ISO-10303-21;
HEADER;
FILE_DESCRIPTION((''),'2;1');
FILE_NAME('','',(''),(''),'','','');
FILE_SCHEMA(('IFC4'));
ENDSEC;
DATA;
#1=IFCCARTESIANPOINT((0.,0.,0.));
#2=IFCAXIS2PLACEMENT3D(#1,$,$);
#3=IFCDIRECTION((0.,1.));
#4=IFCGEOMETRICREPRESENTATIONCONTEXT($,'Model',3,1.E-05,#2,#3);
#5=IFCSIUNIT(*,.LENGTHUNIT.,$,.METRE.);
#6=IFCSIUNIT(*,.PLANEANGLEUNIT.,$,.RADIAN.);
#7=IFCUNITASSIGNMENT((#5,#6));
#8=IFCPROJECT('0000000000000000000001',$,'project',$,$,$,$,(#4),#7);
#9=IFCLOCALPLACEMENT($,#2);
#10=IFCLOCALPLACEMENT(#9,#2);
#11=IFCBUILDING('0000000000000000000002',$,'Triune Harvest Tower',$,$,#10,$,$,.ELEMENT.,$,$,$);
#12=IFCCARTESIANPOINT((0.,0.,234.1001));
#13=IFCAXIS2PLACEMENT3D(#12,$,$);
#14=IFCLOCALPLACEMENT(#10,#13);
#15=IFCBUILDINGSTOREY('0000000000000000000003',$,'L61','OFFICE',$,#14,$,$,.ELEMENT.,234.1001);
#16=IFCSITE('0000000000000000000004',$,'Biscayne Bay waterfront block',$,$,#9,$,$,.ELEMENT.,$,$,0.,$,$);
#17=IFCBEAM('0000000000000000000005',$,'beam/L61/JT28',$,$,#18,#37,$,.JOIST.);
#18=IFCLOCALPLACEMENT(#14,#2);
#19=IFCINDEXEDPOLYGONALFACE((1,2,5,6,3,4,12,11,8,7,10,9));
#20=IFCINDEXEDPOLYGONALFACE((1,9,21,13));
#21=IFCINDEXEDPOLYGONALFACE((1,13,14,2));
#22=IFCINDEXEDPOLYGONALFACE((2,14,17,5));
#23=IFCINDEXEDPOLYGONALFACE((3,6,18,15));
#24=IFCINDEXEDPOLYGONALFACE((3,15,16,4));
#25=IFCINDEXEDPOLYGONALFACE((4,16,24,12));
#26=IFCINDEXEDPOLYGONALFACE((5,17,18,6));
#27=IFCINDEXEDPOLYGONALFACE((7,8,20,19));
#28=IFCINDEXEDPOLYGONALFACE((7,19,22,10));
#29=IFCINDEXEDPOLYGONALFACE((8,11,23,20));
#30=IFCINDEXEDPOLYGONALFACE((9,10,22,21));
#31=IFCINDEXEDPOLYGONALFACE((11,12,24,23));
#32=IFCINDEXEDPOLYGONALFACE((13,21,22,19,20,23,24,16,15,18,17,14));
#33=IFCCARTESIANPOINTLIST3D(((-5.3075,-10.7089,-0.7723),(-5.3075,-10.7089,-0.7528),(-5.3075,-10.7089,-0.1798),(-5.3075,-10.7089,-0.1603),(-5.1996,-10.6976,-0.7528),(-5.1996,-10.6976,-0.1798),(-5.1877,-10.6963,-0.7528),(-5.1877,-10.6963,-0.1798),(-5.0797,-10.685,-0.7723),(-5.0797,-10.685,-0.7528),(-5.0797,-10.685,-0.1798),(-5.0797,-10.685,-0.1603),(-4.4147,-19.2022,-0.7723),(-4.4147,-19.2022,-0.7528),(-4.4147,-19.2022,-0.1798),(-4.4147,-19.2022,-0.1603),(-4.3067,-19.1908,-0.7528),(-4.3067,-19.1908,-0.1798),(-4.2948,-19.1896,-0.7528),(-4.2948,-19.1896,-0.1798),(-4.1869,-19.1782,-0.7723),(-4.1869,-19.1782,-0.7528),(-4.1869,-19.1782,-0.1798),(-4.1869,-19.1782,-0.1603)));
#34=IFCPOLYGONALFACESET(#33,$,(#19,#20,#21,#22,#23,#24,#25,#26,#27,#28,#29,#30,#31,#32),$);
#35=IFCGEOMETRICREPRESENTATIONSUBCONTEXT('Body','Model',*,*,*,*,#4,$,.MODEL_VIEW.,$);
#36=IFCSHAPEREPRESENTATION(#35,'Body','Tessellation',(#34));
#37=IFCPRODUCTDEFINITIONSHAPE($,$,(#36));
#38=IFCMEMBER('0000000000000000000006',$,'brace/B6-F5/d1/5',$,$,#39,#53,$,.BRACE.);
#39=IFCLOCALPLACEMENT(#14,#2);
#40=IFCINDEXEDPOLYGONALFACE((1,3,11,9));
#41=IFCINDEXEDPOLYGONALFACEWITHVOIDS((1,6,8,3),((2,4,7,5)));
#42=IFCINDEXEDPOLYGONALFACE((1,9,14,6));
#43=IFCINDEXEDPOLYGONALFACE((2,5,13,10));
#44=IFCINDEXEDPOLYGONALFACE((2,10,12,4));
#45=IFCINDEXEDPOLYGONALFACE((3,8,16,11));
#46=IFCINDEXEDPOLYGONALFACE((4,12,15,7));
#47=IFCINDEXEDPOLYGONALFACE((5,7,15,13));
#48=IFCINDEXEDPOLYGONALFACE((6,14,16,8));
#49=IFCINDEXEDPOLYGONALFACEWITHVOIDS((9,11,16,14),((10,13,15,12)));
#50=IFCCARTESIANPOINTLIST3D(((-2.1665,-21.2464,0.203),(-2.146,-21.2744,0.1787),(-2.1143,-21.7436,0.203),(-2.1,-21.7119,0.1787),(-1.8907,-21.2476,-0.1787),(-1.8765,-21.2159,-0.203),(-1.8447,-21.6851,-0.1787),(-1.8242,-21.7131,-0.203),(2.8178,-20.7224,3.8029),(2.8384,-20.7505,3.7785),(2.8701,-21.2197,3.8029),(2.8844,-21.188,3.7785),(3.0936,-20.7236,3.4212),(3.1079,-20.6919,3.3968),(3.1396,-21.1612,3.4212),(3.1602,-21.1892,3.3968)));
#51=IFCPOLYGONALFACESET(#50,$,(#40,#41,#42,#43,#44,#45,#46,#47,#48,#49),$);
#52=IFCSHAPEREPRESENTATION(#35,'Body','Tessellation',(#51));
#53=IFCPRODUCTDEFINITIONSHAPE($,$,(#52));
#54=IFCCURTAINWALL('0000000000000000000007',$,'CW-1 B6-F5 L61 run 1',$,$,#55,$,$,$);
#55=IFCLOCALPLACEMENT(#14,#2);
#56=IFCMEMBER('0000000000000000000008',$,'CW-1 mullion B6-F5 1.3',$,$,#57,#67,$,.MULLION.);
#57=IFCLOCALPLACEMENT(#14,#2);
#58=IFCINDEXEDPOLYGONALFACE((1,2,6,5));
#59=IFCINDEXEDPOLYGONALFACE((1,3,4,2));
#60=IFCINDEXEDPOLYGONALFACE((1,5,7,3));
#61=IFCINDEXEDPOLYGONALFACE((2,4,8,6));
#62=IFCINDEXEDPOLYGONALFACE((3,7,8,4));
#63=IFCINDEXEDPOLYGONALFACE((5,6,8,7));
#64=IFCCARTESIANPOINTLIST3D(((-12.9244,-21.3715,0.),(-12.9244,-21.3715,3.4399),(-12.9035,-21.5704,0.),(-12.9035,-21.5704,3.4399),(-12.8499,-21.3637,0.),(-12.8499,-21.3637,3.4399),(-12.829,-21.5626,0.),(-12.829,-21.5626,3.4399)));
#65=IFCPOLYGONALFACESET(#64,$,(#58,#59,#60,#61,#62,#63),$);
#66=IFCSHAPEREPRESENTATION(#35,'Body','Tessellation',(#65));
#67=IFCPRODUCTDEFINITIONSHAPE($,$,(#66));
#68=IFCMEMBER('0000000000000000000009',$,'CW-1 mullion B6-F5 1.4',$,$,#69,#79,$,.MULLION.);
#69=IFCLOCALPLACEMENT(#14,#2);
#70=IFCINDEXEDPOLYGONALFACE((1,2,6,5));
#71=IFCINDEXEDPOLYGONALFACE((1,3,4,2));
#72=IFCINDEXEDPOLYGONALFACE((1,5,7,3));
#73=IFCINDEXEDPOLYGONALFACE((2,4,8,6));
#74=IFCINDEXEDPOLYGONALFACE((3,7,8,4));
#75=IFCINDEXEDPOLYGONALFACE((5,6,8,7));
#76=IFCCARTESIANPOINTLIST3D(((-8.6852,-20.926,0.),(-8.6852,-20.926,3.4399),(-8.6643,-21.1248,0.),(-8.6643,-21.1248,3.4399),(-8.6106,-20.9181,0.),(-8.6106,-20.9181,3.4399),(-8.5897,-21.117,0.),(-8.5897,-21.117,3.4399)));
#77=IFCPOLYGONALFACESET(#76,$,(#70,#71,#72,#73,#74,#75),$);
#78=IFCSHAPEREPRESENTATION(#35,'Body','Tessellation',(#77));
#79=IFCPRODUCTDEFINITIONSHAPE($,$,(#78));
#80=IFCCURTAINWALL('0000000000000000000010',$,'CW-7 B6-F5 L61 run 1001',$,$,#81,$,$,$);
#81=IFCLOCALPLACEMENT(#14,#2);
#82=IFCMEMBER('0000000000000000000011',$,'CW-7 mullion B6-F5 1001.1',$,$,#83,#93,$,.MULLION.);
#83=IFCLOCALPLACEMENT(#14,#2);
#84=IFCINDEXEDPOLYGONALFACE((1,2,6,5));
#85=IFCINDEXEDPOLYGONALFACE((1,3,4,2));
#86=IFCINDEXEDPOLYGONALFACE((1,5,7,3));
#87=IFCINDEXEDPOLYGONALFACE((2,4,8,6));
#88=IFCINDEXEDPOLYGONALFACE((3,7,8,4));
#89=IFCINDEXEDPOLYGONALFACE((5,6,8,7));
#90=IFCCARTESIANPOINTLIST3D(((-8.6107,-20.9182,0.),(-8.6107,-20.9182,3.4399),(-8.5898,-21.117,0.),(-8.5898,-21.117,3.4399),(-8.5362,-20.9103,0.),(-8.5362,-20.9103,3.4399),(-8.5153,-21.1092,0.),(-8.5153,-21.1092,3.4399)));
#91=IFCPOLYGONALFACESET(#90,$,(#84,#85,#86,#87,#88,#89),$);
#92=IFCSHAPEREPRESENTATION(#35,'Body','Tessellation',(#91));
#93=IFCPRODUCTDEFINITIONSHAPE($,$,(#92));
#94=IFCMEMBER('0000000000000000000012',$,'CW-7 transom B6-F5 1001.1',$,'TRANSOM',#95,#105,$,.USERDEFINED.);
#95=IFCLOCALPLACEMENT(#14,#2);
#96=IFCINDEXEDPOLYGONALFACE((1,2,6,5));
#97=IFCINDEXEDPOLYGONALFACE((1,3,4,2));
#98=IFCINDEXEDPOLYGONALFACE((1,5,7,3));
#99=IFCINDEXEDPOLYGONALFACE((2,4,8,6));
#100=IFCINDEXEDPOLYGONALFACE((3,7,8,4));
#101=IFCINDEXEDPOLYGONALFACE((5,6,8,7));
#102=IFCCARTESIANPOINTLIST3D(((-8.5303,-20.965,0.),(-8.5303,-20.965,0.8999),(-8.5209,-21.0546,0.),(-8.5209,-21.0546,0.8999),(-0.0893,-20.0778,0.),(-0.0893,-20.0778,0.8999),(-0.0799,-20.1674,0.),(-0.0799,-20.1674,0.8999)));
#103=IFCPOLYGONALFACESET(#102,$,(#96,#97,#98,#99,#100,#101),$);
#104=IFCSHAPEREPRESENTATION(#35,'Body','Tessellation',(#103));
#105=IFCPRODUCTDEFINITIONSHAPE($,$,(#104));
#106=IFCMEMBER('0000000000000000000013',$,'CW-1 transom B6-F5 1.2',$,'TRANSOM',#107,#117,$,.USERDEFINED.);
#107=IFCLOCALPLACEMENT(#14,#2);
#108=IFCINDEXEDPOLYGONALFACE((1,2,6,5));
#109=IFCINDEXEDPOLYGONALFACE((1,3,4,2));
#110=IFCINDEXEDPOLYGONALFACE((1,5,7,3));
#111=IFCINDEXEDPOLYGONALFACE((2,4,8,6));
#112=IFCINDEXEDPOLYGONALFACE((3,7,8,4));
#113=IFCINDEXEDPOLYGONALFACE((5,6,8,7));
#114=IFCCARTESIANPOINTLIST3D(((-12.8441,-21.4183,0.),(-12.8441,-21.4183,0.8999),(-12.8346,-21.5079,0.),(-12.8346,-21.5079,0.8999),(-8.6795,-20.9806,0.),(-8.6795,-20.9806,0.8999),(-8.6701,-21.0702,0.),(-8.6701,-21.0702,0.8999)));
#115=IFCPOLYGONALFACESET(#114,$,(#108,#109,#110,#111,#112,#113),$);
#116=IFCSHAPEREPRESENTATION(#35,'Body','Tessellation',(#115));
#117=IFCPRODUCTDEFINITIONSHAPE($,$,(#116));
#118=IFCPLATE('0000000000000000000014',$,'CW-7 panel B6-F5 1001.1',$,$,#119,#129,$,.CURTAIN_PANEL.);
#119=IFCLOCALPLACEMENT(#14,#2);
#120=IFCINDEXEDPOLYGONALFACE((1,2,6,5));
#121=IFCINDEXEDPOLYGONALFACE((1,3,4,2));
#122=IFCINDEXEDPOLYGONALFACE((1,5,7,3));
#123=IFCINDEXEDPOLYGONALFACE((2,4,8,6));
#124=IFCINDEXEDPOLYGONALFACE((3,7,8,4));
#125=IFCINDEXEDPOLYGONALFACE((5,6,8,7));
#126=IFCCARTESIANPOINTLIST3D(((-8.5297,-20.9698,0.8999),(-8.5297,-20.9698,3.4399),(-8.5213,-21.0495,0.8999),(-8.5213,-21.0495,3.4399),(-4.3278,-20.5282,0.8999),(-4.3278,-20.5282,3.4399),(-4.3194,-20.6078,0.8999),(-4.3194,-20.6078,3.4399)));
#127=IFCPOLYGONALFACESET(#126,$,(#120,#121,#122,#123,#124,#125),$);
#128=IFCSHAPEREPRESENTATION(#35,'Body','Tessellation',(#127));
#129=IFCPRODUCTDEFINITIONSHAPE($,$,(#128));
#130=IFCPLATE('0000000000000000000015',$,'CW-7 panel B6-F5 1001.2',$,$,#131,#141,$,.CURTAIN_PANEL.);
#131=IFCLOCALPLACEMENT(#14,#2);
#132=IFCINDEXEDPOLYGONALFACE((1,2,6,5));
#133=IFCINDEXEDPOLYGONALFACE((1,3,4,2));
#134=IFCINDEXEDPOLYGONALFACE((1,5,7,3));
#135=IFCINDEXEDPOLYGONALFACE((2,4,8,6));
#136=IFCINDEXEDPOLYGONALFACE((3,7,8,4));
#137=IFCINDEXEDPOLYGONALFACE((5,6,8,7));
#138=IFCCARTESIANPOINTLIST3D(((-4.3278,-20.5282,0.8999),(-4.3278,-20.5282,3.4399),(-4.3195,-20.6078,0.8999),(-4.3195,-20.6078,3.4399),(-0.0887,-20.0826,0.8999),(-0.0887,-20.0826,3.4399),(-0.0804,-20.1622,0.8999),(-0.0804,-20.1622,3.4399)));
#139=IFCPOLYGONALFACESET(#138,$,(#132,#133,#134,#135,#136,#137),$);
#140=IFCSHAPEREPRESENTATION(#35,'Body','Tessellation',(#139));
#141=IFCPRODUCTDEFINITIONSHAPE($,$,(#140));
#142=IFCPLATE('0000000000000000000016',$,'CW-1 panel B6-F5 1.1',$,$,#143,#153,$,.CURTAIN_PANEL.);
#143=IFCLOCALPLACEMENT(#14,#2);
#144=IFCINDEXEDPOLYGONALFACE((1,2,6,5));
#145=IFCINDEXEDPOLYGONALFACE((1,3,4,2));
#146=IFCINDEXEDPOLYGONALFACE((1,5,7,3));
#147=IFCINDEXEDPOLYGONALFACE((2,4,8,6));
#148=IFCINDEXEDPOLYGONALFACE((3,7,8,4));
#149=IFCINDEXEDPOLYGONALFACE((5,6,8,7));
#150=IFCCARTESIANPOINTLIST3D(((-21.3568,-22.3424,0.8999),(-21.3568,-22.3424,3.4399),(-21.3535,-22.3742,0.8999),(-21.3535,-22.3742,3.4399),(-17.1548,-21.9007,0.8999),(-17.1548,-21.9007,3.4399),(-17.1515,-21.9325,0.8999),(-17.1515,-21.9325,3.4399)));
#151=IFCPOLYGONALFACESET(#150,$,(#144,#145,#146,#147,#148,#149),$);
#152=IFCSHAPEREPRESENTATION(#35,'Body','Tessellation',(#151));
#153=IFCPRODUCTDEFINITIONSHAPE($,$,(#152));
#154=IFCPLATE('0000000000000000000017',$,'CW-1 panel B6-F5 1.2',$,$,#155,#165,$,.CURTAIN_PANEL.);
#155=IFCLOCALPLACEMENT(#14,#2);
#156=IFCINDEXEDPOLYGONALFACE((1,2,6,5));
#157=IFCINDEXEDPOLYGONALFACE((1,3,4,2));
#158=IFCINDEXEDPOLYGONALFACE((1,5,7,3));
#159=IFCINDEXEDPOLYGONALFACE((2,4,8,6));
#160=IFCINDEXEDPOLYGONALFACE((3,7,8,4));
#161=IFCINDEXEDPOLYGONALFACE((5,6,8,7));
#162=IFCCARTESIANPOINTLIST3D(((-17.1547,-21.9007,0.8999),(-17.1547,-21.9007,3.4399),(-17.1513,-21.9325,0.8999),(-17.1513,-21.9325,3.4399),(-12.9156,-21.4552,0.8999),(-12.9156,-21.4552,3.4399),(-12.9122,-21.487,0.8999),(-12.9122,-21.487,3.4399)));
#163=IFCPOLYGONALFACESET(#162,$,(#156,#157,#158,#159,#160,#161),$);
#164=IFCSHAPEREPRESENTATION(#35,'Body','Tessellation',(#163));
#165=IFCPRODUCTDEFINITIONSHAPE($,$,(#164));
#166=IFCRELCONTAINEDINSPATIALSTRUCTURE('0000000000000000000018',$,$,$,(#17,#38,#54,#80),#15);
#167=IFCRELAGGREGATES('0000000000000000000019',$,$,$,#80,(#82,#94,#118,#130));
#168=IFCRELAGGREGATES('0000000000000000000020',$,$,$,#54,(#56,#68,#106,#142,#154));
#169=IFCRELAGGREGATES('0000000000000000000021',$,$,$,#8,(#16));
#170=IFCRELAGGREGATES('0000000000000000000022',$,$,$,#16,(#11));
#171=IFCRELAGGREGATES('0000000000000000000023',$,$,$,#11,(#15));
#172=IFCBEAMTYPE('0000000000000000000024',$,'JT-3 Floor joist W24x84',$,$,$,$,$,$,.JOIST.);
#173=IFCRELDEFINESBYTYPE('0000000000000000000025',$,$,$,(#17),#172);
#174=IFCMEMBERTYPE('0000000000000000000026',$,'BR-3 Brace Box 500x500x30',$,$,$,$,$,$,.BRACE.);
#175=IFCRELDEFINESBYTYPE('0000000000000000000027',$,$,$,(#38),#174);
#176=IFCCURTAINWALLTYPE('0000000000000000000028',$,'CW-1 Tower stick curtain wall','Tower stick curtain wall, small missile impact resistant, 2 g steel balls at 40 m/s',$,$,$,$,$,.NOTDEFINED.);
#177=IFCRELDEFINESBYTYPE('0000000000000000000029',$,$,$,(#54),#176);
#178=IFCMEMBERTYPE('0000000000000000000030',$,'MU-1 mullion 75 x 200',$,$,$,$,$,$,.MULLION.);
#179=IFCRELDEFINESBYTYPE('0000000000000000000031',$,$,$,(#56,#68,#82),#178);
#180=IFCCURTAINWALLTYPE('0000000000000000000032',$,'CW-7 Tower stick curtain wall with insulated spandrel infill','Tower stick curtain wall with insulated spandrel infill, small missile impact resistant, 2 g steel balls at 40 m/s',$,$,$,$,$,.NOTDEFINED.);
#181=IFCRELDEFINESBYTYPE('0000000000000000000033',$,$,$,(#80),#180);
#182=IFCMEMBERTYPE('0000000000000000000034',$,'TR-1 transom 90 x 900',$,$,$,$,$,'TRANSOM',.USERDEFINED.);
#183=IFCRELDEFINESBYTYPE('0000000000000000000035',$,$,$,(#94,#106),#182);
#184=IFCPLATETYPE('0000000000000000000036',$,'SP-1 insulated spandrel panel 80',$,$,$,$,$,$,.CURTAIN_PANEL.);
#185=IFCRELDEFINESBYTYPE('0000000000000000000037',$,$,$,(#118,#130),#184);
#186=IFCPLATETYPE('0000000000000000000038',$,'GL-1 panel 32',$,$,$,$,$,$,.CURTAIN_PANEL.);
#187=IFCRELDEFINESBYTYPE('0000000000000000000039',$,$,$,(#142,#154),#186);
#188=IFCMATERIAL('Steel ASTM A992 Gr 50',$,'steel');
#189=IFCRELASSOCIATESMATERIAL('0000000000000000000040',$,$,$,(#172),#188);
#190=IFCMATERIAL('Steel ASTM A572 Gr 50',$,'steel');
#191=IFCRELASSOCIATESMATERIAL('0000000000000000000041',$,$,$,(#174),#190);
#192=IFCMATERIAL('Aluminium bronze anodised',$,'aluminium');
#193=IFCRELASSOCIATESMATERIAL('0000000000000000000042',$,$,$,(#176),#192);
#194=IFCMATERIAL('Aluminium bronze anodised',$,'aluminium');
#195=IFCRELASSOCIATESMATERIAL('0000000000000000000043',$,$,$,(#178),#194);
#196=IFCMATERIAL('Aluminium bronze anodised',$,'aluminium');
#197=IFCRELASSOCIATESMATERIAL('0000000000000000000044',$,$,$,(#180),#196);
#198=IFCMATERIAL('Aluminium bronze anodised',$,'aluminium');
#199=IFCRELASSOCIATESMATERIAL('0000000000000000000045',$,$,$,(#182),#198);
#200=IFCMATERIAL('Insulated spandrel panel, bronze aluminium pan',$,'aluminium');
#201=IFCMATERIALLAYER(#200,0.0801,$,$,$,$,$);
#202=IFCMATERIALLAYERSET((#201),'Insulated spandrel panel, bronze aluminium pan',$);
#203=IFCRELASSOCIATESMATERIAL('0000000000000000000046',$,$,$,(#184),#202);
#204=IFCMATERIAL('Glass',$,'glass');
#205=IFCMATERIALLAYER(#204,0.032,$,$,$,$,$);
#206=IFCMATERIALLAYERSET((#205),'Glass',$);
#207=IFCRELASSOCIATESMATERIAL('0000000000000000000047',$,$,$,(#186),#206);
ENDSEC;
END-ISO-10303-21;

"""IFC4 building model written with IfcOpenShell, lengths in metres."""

from ifc_helpers import new_model, si_unit, direction, frame, origin, origin_2d, place, context, subcontext, project, spatial, rectangle, hollow_rectangle, i_section, extrude, source, transform, mapped, material, layer, layer_set, material_profile, profile_set, type_object, element, aggregate, save


model = new_model("IFC4")

# Units and contexts
model_context = context("Model", 3, precision=1e-05, world=origin(), true_north=direction((0.0, 1.0)))
body_context = subcontext(model_context, "Body", "Model", "MODEL_VIEW")
ifc_project = project(units=[si_unit("LENGTHUNIT", "METRE"), si_unit("PLANEANGLEUNIT", "RADIAN")], contexts=[model_context])

# Site, building, storey
site_placement = place(None, origin())
site = spatial("IfcSite", under=ifc_project, at=site_placement, Name="Biscayne Bay waterfront block", CompositionType="ELEMENT", RefElevation=0.0)
building_placement = place(site_placement, origin())
building = spatial("IfcBuilding", under=site, at=building_placement, Name="Triune Harvest Tower", CompositionType="ELEMENT")
storey_placement = place(building_placement, frame((0.0, 0.0, 234.1001)))
storey = spatial("IfcBuildingStorey", under=building, at=storey_placement, Name="L61", Description="OFFICE", CompositionType="ELEMENT", Elevation=234.1001)

# Beam
ifc_material_1 = material(Name="Steel ASTM A992 Gr 50", Category="steel")
ifc_material_profile_1 = material_profile(ifc_material_1, i_section(OverallWidth=0.229, OverallDepth=0.6121, WebThickness=0.012, FlangeThickness=0.0195, at=origin_2d()), Name="W24x84")
ifc_profile_set_1 = profile_set([ifc_material_profile_1], Name="Steel ASTM A992 Gr 50")
beam_type_1 = type_object("IfcBeamType", Name="JT-3 Floor joist W24x84", PredefinedType="JOIST", material=ifc_profile_set_1)
shared_shape_1 = source(origin(), body_context, "Body", "SweptSolid", [
    extrude(i_section(OverallWidth=0.229, OverallDepth=0.6121, WebThickness=0.012, FlangeThickness=0.0195, at=origin_2d()), origin(), (0.0, 0.0, 1.0), 8.54),
])
beam_1_placement = place(storey_placement, frame((-4.3008, -19.1902, -0.4663), z_axis=(-0.104546, 0.99452, 0.0), x_axis=(-0.99452, -0.104546, 0.0)))
element("IfcBeam", 1, at=beam_1_placement, inside=storey, type_object=beam_type_1, Name="beam/L61/JT28", PredefinedType="JOIST", context=body_context, shape_type="MappedRepresentation", body=[
    mapped(shared_shape_1, transform((0.0, 0.0, 0.0), scale=1.0)),
])

# Member
ifc_material_2 = material(Name="Steel ASTM A572 Gr 50", Category="steel")
ifc_material_profile_2 = material_profile(ifc_material_2, hollow_rectangle(XDim=0.5, YDim=0.5, WallThickness=0.03, at=origin_2d()), Name="Box 500x500x30")
ifc_profile_set_2 = profile_set([ifc_material_profile_2], Name="Steel ASTM A572 Gr 50")
member_type_1 = type_object("IfcMemberType", Name="BR-3 Brace Box 500x500x30", PredefinedType="BRACE", material=ifc_profile_set_2)
shared_shape_2 = source(origin(), body_context, "Body", "SweptSolid", [
    extrude(hollow_rectangle(XDim=0.5, YDim=0.5, WallThickness=0.03, at=origin_2d()), origin(), (0.0, 0.0, 1.0), 6.1707),
])
member_1_placement = place(storey_placement, frame((-1.9954, -21.4797, 0.0), z_axis=(0.80775, 0.084906, 0.583379), x_axis=(-0.104538, 0.994521, 0.0)))
element("IfcMember", 2, at=member_1_placement, inside=storey, type_object=member_type_1, Name="brace/B6-F5/d1/5", PredefinedType="BRACE", context=body_context, shape_type="MappedRepresentation", body=[
    mapped(shared_shape_2, transform((0.0, 0.0, 0.0), scale=1.0)),
])

# Curtain walls, members
ifc_material_3 = material(Name="Aluminium bronze anodised", Category="aluminium")
curtain_wall_type_1 = type_object("IfcCurtainWallType", Name="CW-1 Tower stick curtain wall", Description="Tower stick curtain wall, small missile impact resistant, 2 g steel balls at 40 m/s", PredefinedType="NOTDEFINED", material=ifc_material_3)
curtain_wall_1_placement = place(storey_placement, origin())
curtain_wall_1 = element("IfcCurtainWall", 3, at=curtain_wall_1_placement, inside=storey, type_object=curtain_wall_type_1, Name="CW-1 B6-F5 L61 run 1")
ifc_material_4 = material(Name="Aluminium bronze anodised", Category="aluminium")
ifc_material_profile_3 = material_profile(ifc_material_4, rectangle(XDim=0.2, YDim=0.075, at=origin_2d()), Name="MU-1 mullion 75 x 200")
ifc_profile_set_3 = profile_set([ifc_material_profile_3], Name="Aluminium bronze anodised")
member_type_2 = type_object("IfcMemberType", Name="MU-1 mullion 75 x 200", PredefinedType="MULLION", material=ifc_profile_set_3)
shared_shape_3 = source(origin(), body_context, "Body", "SweptSolid", [
    extrude(rectangle(XDim=0.2, YDim=0.075, at=origin_2d()), origin(), (0.0, 0.0, 1.0), 3.4399),
])
member_2_placement = place(storey_placement, frame((-12.8767, -21.467, 0.0), z_axis=(0.0, 0.0, 1.0), x_axis=(-0.104526, 0.994522, 0.0)))
member_2 = element("IfcMember", 4, at=member_2_placement, type_object=member_type_2, Name="CW-1 mullion B6-F5 1.3", PredefinedType="MULLION", context=body_context, shape_type="MappedRepresentation", body=[
    mapped(shared_shape_3, transform((0.0, 0.0, 0.0), scale=1.0)),
])
member_3_placement = place(storey_placement, frame((-8.6375, -21.0215, 0.0), z_axis=(0.0, 0.0, 1.0), x_axis=(-0.104526, 0.994522, 0.0)))
member_3 = element("IfcMember", 5, at=member_3_placement, type_object=member_type_2, Name="CW-1 mullion B6-F5 1.4", PredefinedType="MULLION", context=body_context, shape_type="MappedRepresentation", body=[
    mapped(shared_shape_3, transform((0.0, 0.0, 0.0), scale=1.0)),
])
ifc_material_5 = material(Name="Aluminium bronze anodised", Category="aluminium")
curtain_wall_type_2 = type_object("IfcCurtainWallType", Name="CW-7 Tower stick curtain wall with insulated spandrel infill", Description="Tower stick curtain wall with insulated spandrel infill, small missile impact resistant, 2 g steel balls at 40 m/s", PredefinedType="NOTDEFINED", material=ifc_material_5)
curtain_wall_2_placement = place(storey_placement, origin())
curtain_wall_2 = element("IfcCurtainWall", 6, at=curtain_wall_2_placement, inside=storey, type_object=curtain_wall_type_2, Name="CW-7 B6-F5 L61 run 1001")
member_4_placement = place(storey_placement, frame((-8.563, -21.0137, 0.0), z_axis=(0.0, 0.0, 1.0), x_axis=(-0.104534, 0.994521, 0.0)))
member_4 = element("IfcMember", 7, at=member_4_placement, type_object=member_type_2, Name="CW-7 mullion B6-F5 1001.1", PredefinedType="MULLION", context=body_context, shape_type="MappedRepresentation", body=[
    mapped(shared_shape_3, transform((0.0, 0.0, 0.0), scale=1.0)),
])
ifc_material_6 = material(Name="Aluminium bronze anodised", Category="aluminium")
ifc_material_profile_4 = material_profile(ifc_material_6, rectangle(XDim=0.0901, YDim=0.8999, at=origin_2d()), Name="TR-1 transom 90 x 900")
ifc_profile_set_4 = profile_set([ifc_material_profile_4], Name="Aluminium bronze anodised")
member_type_3 = type_object("IfcMemberType", Name="TR-1 transom 90 x 900", ElementType="TRANSOM", PredefinedType="USERDEFINED", material=ifc_profile_set_4)
shared_shape_4 = source(origin(), body_context, "Body", "SweptSolid", [
    extrude(rectangle(XDim=0.0901, YDim=0.8999, at=origin_2d()), origin(), (0.0, 0.0, 1.0), 8.4875),
])
member_5_placement = place(storey_placement, frame((-8.5256, -21.0098, 0.45), z_axis=(0.994522, 0.104529, 0.0), x_axis=(-0.104529, 0.994522, 0.0)))
member_5 = element("IfcMember", 8, at=member_5_placement, type_object=member_type_3, Name="CW-7 transom B6-F5 1001.1", ObjectType="TRANSOM", PredefinedType="USERDEFINED", context=body_context, shape_type="MappedRepresentation", body=[
    mapped(shared_shape_4, transform((0.0, 0.0, 0.0), scale=1.0)),
])

# Member
shared_shape_5 = source(origin(), body_context, "Body", "SweptSolid", [
    extrude(rectangle(XDim=0.0901, YDim=0.8999, at=origin_2d()), origin(), (0.0, 0.0, 1.0), 4.1875),
])
member_6_placement = place(storey_placement, frame((-12.8394, -21.4631, 0.45), z_axis=(0.994521, 0.104536, 0.0), x_axis=(-0.104536, 0.994521, 0.0)))
member_6 = element("IfcMember", 9, at=member_6_placement, type_object=member_type_3, Name="CW-1 transom B6-F5 1.2", ObjectType="TRANSOM", PredefinedType="USERDEFINED", context=body_context, shape_type="MappedRepresentation", body=[
    mapped(shared_shape_5, transform((0.0, 0.0, 0.0), scale=1.0)),
])

# Plates
ifc_material_7 = material(Name="Insulated spandrel panel, bronze aluminium pan", Category="aluminium")
ifc_layer_1 = layer(ifc_material_7, 0.0801)
ifc_layer_set_1 = layer_set([ifc_layer_1], Name="Insulated spandrel panel, bronze aluminium pan")
plate_type_1 = type_object("IfcPlateType", Name="SP-1 insulated spandrel panel 80", PredefinedType="CURTAIN_PANEL", material=ifc_layer_set_1)
shared_shape_6 = source(origin(), body_context, "Body", "SweptSolid", [
    extrude(rectangle(XDim=4.2251, YDim=0.0801, at=origin_2d()), origin(), (0.0, 0.0, 1.0), 2.54),
])
plate_1_placement = place(storey_placement, frame((-6.4246, -20.7888, 0.8999), z_axis=(0.0, 0.0, 1.0), x_axis=(0.994521, 0.104534, 0.0)))
plate_1 = element("IfcPlate", 10, at=plate_1_placement, type_object=plate_type_1, Name="CW-7 panel B6-F5 1001.1", PredefinedType="CURTAIN_PANEL", context=body_context, shape_type="MappedRepresentation", body=[
    mapped(shared_shape_6, transform((0.0, 0.0, 0.0), scale=1.0)),
])
shared_shape_7 = source(origin(), body_context, "Body", "SweptSolid", [
    extrude(rectangle(XDim=4.2625, YDim=0.0801, at=origin_2d()), origin(), (0.0, 0.0, 1.0), 2.54),
])
plate_2_placement = place(storey_placement, frame((-2.2041, -20.3452, 0.8999), z_axis=(0.0, 0.0, 1.0), x_axis=(0.994521, 0.104534, 0.0)))
plate_2 = element("IfcPlate", 11, at=plate_2_placement, type_object=plate_type_1, Name="CW-7 panel B6-F5 1001.2", PredefinedType="CURTAIN_PANEL", context=body_context, shape_type="MappedRepresentation", body=[
    mapped(shared_shape_7, transform((0.0, 0.0, 0.0), scale=1.0)),
])
aggregate(curtain_wall_2, [member_4, member_5, plate_1, plate_2])
ifc_material_8 = material(Name="Glass", Category="glass")
ifc_layer_2 = layer(ifc_material_8, 0.032)
ifc_layer_set_2 = layer_set([ifc_layer_2], Name="Glass")
plate_type_2 = type_object("IfcPlateType", Name="GL-1 panel 32", PredefinedType="CURTAIN_PANEL", material=ifc_layer_set_2)
shared_shape_8 = source(origin(), body_context, "Body", "SweptSolid", [
    extrude(rectangle(XDim=4.2251, YDim=0.032, at=origin_2d()), origin(), (0.0, 0.0, 1.0), 2.54),
])
plate_3_placement = place(storey_placement, frame((-19.2542, -22.1375, 0.8999), z_axis=(0.0, 0.0, 1.0), x_axis=(0.994522, 0.104526, 0.0)))
plate_3 = element("IfcPlate", 12, at=plate_3_placement, type_object=plate_type_2, Name="CW-1 panel B6-F5 1.1", PredefinedType="CURTAIN_PANEL", context=body_context, shape_type="MappedRepresentation", body=[
    mapped(shared_shape_8, transform((0.0, 0.0, 0.0), scale=1.0)),
])
shared_shape_9 = source(origin(), body_context, "Body", "SweptSolid", [
    extrude(rectangle(XDim=4.2625, YDim=0.032, at=origin_2d()), origin(), (0.0, 0.0, 1.0), 2.54),
])
plate_4_placement = place(storey_placement, frame((-15.0334, -21.6938, 0.8999), z_axis=(0.0, 0.0, 1.0), x_axis=(0.994522, 0.104526, 0.0)))
plate_4 = element("IfcPlate", 13, at=plate_4_placement, type_object=plate_type_2, Name="CW-1 panel B6-F5 1.2", PredefinedType="CURTAIN_PANEL", context=body_context, shape_type="MappedRepresentation", body=[
    mapped(shared_shape_9, transform((0.0, 0.0, 0.0), scale=1.0)),
])
aggregate(curtain_wall_1, [member_2, member_3, member_6, plate_3, plate_4])

save(model, "model.ifc")
